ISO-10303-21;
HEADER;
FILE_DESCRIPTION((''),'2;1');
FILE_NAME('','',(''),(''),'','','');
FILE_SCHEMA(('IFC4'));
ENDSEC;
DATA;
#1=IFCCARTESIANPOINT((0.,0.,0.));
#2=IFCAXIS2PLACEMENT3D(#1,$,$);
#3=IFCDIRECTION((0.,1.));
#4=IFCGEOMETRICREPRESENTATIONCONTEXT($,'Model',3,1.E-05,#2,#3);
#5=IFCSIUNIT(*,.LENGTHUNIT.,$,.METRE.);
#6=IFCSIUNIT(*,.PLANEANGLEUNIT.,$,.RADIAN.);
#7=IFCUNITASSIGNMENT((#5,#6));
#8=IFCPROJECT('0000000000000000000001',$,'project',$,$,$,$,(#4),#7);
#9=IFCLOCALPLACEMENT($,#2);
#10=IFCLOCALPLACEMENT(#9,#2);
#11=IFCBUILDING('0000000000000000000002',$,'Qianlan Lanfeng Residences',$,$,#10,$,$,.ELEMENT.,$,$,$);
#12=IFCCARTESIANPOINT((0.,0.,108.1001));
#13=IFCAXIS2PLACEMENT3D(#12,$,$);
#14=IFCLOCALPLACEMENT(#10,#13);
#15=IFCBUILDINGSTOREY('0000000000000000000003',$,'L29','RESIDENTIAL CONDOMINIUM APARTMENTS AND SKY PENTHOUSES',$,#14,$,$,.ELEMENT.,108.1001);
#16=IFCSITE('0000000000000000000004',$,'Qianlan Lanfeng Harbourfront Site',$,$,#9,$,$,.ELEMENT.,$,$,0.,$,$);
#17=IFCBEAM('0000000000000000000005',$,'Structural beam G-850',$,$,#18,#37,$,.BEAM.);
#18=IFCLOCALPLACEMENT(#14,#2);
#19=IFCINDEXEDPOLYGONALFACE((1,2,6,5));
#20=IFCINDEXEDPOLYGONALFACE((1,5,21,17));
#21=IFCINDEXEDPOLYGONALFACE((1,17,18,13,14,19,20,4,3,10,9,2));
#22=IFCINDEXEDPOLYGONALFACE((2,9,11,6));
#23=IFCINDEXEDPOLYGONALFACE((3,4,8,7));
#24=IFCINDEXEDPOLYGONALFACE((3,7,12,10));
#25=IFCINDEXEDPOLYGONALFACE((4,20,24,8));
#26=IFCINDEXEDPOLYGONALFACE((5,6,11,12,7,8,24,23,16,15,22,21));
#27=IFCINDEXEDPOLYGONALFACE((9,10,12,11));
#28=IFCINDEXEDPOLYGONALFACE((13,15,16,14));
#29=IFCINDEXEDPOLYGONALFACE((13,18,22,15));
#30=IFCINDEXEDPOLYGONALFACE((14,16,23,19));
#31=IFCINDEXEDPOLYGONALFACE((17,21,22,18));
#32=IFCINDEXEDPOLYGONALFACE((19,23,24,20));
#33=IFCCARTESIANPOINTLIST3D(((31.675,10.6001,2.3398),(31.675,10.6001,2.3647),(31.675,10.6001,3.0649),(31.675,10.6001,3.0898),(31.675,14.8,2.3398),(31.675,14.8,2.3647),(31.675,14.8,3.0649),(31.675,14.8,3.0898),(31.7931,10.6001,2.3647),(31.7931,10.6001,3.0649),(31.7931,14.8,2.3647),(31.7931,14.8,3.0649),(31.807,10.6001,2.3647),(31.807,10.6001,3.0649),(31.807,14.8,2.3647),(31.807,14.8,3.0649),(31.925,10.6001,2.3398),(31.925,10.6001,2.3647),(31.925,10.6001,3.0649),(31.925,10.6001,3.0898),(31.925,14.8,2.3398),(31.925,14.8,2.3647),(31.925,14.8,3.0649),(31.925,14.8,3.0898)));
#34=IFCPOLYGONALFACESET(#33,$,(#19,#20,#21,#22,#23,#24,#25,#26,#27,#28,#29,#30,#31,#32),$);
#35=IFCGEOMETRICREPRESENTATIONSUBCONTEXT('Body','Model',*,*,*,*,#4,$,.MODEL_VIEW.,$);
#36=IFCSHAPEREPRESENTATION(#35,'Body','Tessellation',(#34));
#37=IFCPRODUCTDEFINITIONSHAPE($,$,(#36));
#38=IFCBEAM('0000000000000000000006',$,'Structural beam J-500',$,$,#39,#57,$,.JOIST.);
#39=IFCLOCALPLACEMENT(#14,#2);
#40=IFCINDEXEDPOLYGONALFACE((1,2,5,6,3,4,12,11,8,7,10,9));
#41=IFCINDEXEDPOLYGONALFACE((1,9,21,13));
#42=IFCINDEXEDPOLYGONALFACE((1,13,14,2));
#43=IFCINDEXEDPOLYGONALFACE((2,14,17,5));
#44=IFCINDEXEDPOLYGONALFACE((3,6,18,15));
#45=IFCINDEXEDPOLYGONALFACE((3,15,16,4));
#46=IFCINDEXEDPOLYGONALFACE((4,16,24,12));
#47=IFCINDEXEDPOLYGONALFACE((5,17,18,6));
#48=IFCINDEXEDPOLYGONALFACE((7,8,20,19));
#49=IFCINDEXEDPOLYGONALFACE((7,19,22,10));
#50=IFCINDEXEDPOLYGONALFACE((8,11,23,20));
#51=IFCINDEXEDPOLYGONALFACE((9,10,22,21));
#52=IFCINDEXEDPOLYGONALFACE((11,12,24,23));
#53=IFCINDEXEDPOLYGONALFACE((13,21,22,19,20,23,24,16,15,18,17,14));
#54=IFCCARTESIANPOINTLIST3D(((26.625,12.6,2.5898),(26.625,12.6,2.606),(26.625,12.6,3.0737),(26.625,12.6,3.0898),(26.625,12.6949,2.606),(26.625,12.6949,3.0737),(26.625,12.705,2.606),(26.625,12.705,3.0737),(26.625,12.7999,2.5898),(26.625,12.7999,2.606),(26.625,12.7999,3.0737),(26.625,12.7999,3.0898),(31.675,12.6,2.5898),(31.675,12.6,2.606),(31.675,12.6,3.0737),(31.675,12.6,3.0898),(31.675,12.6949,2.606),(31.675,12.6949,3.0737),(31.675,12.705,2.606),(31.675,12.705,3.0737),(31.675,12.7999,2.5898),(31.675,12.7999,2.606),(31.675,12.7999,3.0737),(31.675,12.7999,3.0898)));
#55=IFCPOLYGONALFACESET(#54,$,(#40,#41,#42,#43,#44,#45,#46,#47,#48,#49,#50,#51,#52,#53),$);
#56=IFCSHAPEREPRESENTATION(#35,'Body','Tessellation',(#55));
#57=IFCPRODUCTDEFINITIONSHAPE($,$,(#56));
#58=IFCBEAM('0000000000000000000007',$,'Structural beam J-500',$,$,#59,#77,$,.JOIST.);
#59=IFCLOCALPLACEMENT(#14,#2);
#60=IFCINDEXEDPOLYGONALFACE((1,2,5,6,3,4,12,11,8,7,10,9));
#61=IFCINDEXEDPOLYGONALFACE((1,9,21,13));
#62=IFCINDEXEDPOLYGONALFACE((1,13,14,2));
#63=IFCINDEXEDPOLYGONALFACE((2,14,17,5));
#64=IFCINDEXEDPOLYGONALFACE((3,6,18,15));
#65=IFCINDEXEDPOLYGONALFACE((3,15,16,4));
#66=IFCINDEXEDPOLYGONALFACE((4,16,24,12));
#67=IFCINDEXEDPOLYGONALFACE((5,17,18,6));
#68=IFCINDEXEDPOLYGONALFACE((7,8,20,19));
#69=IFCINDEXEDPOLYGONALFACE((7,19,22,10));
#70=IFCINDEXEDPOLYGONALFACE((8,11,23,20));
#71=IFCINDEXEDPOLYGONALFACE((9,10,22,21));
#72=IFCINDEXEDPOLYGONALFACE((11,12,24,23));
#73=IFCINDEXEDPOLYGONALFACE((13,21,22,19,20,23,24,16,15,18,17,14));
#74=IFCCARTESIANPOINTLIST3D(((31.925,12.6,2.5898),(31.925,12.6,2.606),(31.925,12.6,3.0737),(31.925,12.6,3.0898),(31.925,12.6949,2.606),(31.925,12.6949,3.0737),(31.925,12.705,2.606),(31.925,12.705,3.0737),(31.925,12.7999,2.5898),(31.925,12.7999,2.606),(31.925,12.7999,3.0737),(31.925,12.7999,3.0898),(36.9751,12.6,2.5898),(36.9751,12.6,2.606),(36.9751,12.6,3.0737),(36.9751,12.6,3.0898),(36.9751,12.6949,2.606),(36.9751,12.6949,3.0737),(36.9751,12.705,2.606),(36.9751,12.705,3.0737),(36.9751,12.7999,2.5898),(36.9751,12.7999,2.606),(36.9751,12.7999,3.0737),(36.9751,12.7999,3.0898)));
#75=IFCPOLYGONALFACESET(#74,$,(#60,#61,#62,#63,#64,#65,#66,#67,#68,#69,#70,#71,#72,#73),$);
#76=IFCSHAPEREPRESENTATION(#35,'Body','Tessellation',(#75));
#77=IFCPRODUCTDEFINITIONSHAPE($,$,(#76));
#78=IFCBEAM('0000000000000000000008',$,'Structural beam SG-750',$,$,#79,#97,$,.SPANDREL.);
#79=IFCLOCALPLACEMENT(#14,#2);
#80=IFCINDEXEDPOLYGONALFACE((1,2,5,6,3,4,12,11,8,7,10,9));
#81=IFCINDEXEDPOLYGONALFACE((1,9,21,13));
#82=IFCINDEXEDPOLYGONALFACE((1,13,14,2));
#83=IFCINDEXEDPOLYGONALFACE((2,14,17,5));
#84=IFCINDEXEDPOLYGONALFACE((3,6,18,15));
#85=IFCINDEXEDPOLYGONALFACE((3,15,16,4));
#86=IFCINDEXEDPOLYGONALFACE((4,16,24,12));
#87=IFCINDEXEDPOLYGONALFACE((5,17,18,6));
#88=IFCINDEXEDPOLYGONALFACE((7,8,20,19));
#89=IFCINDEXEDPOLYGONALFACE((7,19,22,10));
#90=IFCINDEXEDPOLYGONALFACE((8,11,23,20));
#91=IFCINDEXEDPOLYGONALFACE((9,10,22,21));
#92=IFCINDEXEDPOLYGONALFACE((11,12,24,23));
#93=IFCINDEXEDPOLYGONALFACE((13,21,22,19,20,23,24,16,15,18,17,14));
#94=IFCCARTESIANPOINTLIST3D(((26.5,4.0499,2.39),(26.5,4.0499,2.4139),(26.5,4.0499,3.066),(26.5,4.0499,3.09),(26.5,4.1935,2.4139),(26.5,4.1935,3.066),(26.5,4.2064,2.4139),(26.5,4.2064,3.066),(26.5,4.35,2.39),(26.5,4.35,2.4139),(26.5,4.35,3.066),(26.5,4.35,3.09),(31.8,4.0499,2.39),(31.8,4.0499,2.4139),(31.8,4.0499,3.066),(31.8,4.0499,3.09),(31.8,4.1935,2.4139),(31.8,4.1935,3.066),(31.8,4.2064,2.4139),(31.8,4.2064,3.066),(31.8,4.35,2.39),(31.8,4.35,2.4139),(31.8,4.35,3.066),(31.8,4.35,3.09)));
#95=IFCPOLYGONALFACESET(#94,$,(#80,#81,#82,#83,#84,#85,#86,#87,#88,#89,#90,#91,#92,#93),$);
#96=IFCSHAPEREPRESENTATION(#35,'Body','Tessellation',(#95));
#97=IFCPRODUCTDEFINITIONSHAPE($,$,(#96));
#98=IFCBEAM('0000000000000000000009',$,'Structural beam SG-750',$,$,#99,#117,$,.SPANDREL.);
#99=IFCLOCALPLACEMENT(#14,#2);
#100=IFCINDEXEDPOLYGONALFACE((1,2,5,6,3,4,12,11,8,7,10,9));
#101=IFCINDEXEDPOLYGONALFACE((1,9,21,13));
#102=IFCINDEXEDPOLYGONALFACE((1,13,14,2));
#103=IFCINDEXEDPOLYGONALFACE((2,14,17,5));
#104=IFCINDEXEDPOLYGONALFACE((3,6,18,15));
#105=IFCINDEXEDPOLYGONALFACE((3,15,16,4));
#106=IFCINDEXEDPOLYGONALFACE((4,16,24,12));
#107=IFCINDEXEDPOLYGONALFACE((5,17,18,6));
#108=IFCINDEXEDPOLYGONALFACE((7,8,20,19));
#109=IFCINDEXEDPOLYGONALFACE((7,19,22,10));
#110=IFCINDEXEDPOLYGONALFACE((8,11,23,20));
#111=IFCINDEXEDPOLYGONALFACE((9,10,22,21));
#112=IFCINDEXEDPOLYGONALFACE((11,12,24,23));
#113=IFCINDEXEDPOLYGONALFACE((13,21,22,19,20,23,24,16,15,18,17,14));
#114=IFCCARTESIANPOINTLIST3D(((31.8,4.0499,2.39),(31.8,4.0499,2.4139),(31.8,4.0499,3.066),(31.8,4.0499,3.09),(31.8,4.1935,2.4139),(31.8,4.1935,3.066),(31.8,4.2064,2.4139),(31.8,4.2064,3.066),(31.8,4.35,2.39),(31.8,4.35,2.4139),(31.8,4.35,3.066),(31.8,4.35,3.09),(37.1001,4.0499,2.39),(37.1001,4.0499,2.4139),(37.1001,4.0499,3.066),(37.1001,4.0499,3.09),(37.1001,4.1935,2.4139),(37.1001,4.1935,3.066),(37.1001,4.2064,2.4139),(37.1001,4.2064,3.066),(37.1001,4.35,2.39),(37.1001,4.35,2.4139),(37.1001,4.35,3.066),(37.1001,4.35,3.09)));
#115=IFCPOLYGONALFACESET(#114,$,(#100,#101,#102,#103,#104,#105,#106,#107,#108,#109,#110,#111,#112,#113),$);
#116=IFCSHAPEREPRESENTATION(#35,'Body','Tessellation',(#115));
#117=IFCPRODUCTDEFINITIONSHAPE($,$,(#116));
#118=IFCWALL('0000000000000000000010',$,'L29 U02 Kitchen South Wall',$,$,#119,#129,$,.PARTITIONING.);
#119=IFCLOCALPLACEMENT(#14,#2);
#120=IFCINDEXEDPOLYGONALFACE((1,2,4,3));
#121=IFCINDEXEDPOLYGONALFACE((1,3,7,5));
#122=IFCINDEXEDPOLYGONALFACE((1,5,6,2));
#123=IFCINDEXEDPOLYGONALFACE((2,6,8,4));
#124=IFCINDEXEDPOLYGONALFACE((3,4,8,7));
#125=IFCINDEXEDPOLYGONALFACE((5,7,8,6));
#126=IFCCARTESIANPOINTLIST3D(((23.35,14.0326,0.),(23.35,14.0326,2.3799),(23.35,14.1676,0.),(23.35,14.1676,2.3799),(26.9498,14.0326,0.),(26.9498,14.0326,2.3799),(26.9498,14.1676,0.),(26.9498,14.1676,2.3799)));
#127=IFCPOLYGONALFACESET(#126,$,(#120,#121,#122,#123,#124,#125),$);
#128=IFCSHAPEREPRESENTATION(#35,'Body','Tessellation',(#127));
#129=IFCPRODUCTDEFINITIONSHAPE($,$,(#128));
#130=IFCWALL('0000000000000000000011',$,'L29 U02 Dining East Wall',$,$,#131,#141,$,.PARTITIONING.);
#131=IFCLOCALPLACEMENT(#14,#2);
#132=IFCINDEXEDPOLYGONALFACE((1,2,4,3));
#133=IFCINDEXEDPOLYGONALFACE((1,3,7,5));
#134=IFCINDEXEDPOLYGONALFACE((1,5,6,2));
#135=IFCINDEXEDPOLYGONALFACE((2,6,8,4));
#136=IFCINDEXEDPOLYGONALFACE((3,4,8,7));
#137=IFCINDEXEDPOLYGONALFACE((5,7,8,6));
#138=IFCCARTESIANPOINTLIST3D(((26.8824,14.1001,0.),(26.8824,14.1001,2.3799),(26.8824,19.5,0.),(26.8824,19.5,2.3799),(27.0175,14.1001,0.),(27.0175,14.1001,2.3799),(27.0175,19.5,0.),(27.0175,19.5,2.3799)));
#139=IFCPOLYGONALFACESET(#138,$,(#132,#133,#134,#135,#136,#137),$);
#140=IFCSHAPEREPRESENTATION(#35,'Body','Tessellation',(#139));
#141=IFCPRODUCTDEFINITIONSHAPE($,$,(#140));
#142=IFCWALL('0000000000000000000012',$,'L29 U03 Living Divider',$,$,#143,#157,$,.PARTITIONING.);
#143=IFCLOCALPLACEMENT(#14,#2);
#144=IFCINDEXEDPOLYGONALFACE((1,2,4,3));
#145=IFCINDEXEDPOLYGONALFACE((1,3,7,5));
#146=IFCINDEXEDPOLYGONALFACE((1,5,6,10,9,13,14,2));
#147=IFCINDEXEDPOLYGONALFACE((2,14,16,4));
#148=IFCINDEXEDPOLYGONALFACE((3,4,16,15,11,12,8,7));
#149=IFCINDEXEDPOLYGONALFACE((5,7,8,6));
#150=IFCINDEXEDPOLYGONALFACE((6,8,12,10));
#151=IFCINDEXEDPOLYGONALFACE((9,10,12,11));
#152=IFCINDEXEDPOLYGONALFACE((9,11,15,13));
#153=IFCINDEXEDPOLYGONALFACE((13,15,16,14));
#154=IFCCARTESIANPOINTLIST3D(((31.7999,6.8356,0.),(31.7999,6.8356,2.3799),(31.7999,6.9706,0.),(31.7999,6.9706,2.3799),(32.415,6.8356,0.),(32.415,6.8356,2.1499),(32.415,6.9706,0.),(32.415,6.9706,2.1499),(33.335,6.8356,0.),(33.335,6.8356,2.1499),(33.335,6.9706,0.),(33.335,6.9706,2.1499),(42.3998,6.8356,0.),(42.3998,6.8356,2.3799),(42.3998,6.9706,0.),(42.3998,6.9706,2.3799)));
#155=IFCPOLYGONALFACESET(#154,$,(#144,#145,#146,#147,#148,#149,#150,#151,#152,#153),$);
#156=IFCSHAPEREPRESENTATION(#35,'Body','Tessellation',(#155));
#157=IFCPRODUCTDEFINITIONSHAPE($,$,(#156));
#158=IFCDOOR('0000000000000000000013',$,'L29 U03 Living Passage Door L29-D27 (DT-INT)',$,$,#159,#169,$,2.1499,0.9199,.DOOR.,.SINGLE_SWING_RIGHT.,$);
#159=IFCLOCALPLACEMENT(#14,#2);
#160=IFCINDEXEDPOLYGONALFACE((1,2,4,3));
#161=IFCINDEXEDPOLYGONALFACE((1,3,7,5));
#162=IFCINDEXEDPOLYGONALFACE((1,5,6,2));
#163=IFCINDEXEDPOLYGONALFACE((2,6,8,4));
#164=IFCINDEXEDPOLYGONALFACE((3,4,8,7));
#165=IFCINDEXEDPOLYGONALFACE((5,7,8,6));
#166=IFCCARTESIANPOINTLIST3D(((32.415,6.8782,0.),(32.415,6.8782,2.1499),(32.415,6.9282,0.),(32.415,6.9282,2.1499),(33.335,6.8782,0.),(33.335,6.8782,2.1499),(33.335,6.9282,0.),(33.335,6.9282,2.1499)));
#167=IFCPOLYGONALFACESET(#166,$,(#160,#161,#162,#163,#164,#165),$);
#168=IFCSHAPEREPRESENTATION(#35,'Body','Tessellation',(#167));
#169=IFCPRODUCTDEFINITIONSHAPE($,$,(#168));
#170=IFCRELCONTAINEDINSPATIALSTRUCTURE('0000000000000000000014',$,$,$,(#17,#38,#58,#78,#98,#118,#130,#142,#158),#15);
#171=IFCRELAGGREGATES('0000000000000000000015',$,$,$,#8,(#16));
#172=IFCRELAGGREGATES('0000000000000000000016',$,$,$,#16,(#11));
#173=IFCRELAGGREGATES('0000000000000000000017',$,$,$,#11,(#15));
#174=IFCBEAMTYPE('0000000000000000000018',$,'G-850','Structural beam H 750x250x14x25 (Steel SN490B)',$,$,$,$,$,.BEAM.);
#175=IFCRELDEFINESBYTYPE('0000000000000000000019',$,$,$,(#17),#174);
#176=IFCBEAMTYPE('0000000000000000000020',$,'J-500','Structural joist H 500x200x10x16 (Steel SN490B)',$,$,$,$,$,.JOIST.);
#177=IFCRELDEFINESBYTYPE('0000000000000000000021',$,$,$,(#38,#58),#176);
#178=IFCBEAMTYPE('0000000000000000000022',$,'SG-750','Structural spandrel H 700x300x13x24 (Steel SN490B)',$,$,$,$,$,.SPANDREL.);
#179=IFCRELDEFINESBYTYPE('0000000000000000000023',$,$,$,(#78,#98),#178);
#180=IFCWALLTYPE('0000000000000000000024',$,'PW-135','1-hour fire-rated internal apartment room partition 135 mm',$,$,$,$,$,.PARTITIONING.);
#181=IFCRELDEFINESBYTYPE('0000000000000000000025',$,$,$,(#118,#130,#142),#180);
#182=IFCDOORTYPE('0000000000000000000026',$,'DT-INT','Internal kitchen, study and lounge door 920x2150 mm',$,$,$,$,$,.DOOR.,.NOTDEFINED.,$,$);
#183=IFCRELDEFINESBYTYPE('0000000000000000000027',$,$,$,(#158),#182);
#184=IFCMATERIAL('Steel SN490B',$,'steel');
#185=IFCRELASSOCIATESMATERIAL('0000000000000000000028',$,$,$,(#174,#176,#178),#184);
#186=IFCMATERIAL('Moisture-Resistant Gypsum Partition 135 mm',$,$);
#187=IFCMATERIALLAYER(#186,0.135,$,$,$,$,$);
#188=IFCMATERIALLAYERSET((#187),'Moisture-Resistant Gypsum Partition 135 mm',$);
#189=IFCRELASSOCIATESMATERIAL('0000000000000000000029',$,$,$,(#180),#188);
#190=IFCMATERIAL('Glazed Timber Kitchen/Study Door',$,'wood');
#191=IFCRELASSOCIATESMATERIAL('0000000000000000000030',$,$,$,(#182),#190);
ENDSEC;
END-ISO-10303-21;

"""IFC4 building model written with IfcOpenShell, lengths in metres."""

from ifc_helpers import new_model, si_unit, direction, frame, frame_2d, origin, origin_2d, place, context, subcontext, project, spatial, rectangle, i_section, extrude, material, layer, layer_set, material_profile, profile_set, type_object, element, fill, save


model = new_model("IFC4")

# Units and contexts
model_context = context("Model", 3, precision=1e-05, world=origin(), true_north=direction((0.0, 1.0)))
body_context = subcontext(model_context, "Body", "Model", "MODEL_VIEW")
ifc_project = project(units=[si_unit("LENGTHUNIT", "METRE"), si_unit("PLANEANGLEUNIT", "RADIAN")], contexts=[model_context])

# Site, building, storey
site_placement = place(None, origin())
site = spatial("IfcSite", under=ifc_project, at=site_placement, Name="Qianlan Lanfeng Harbourfront Site", CompositionType="ELEMENT", RefElevation=0.0)
building_placement = place(site_placement, origin())
building = spatial("IfcBuilding", under=site, at=building_placement, Name="Qianlan Lanfeng Residences", CompositionType="ELEMENT")
storey_placement = place(building_placement, frame((0.0, 0.0, 108.1001)))
storey = spatial("IfcBuildingStorey", under=building, at=storey_placement, Name="L29", Description="RESIDENTIAL CONDOMINIUM APARTMENTS AND SKY PENTHOUSES", CompositionType="ELEMENT", Elevation=108.1001)

# Shared definitions
ifc_material_1 = material(Name="Steel SN490B", Category="steel")

# Beams
ifc_material_profile_1 = material_profile(ifc_material_1, i_section(OverallWidth=0.25, OverallDepth=0.75, WebThickness=0.0139, FlangeThickness=0.0249, at=origin_2d()), Name="H 750x250x14x25")
ifc_profile_set_1 = profile_set([ifc_material_profile_1], Name="Steel SN490B")
beam_type_1 = type_object("IfcBeamType", Name="G-850", Description="Structural beam H 750x250x14x25 (Steel SN490B)", PredefinedType="BEAM", material=ifc_profile_set_1)
beam_1_placement = place(storey_placement, frame((31.8, 10.6001, 2.7148), z_axis=(0.0, 1.0, 0.0), x_axis=(-1.0, 0.0, 0.0)))
element("IfcBeam", 1, at=beam_1_placement, inside=storey, type_object=beam_type_1, Name="Structural beam G-850", PredefinedType="BEAM", context=body_context, shape_type="SweptSolid", body=[
    extrude(i_section(OverallWidth=0.25, OverallDepth=0.75, WebThickness=0.0139, FlangeThickness=0.0249, at=origin_2d()), origin(), (0.0, 0.0, 1.0), 4.2),
])
ifc_material_profile_2 = material_profile(ifc_material_1, i_section(OverallWidth=0.2, OverallDepth=0.5, WebThickness=0.01, FlangeThickness=0.0161, at=origin_2d()), Name="H 500x200x10x16")
ifc_profile_set_2 = profile_set([ifc_material_profile_2], Name="Steel SN490B")
beam_type_2 = type_object("IfcBeamType", Name="J-500", Description="Structural joist H 500x200x10x16 (Steel SN490B)", PredefinedType="JOIST", material=ifc_profile_set_2)
for number, where, z_axis, x_axis, name in (
    (2, (26.625, 12.7, 2.8398), (1.0, 0.0, 0.0), (0.0, 1.0, 0.0), "Structural beam J-500"),
    (3, (31.925, 12.7, 2.8398), (1.0, 0.0, 0.0), (0.0, 1.0, 0.0), "Structural beam J-500"),
):
    element("IfcBeam", number, at=place(storey_placement, frame(where, z_axis=z_axis, x_axis=x_axis)), inside=storey, type_object=beam_type_2, Name=name, PredefinedType="JOIST", context=body_context, shape_type="SweptSolid", body=[
        extrude(i_section(OverallWidth=0.2, OverallDepth=0.5, WebThickness=0.01, FlangeThickness=0.0161, at=origin_2d()), origin(), (0.0, 0.0, 1.0), 5.05),
    ])
ifc_material_profile_3 = material_profile(ifc_material_1, i_section(OverallWidth=0.3, OverallDepth=0.7, WebThickness=0.0129, FlangeThickness=0.0239, at=origin_2d()), Name="H 700x300x13x24")
ifc_profile_set_3 = profile_set([ifc_material_profile_3], Name="Steel SN490B")
beam_type_3 = type_object("IfcBeamType", Name="SG-750", Description="Structural spandrel H 700x300x13x24 (Steel SN490B)", PredefinedType="SPANDREL", material=ifc_profile_set_3)
for number, where, z_axis, x_axis, name in (
    (4, (26.5, 4.2, 2.74), (1.0, 0.0, 0.0), (0.0, 1.0, 0.0), "Structural beam SG-750"),
    (5, (31.8, 4.2, 2.74), (1.0, 0.0, 0.0), (0.0, 1.0, 0.0), "Structural beam SG-750"),
):
    element("IfcBeam", number, at=place(storey_placement, frame(where, z_axis=z_axis, x_axis=x_axis)), inside=storey, type_object=beam_type_3, Name=name, PredefinedType="SPANDREL", context=body_context, shape_type="SweptSolid", body=[
        extrude(i_section(OverallWidth=0.3, OverallDepth=0.7, WebThickness=0.0129, FlangeThickness=0.0239, at=origin_2d()), origin(), (0.0, 0.0, 1.0), 5.3),
    ])

# Shared definitions
ifc_material_2 = material(Name="Moisture-Resistant Gypsum Partition 135 mm")
ifc_layer = layer(ifc_material_2, 0.135)
ifc_layer_set = layer_set([ifc_layer], Name="Moisture-Resistant Gypsum Partition 135 mm")
wall_type = type_object("IfcWallType", Name="PW-135", Description="1-hour fire-rated internal apartment room partition 135 mm", PredefinedType="PARTITIONING", material=ifc_layer_set)
ifc_material_3 = material(Name="Glazed Timber Kitchen/Study Door", Category="wood")
door_type_1 = type_object("IfcDoorType", Name="DT-INT", Description="Internal kitchen, study and lounge door 920x2150 mm", OperationType="NOTDEFINED", PredefinedType="DOOR", material=ifc_material_3)

# Walls
wall_1_placement = place(storey_placement, frame((23.3501, 14.1001, 0.0), z_axis=(0.0, 0.0, 1.0), x_axis=(1.0, 0.0, 0.0)))
element("IfcWall", 6, at=wall_1_placement, inside=storey, type_object=wall_type, Name="L29 U02 Kitchen South Wall", PredefinedType="PARTITIONING", context=body_context, shape_type="SweptSolid", body=[
    extrude(rectangle(XDim=3.5999, YDim=0.135, at=frame_2d((1.7998, 0.0))), origin(), (0.0, 0.0, 1.0), 2.3799),
])
wall_2_placement = place(storey_placement, frame((26.95, 14.1001, 0.0), z_axis=(0.0, 0.0, 1.0), x_axis=(0.0, 1.0, 0.0)))
element("IfcWall", 7, at=wall_2_placement, inside=storey, type_object=wall_type, Name="L29 U02 Dining East Wall", PredefinedType="PARTITIONING", context=body_context, shape_type="SweptSolid", body=[
    extrude(rectangle(XDim=5.3999, YDim=0.135, at=frame_2d((2.7, 0.0))), origin(), (0.0, 0.0, 1.0), 2.3799),
])

# Wall, opening, door
wall_3_placement = place(storey_placement, frame((31.8, 6.9031, 0.0), z_axis=(0.0, 0.0, 1.0), x_axis=(1.0, 0.0, 0.0)))
wall_3 = element("IfcWall", 8, at=wall_3_placement, inside=storey, type_object=wall_type, Name="L29 U03 Living Divider", PredefinedType="PARTITIONING", context=body_context, shape_type="SweptSolid", body=[
    extrude(rectangle(XDim=10.5999, YDim=0.135, at=frame_2d((5.2998, 0.0))), origin(), (0.0, 0.0, 1.0), 2.3799),
])
opening_1_placement = place(wall_3_placement, frame((0.615, 0.0, 0.0)))
opening_1 = element("IfcOpeningElement", 9, at=opening_1_placement, cuts=wall_3, PredefinedType="OPENING", context=body_context, shape_type="SweptSolid", body=[
    extrude(rectangle(XDim=0.9199, YDim=2.1499, at=frame_2d((0.46, 1.075))), frame((0.0, 0.0776, 0.0), z_axis=(0.0, -1.0, 0.0), x_axis=(1.0, 0.0, 0.0)), (0.0, 0.0, 1.0), 0.155),
])
door_1_placement = place(opening_1_placement, frame((0.9199, 0.0, 0.0), z_axis=(0.0, 0.0, 1.0), x_axis=(-1.0, 0.0, 0.0)))
door_1 = element("IfcDoor", 10, at=door_1_placement, inside=storey, type_object=door_type_1, Name="L29 U03 Living Passage Door L29-D27 (DT-INT)", OperationType="SINGLE_SWING_RIGHT", OverallHeight=2.1499, OverallWidth=0.9199, PredefinedType="DOOR", context=body_context, shape_type="SweptSolid", body=[
    extrude(rectangle(XDim=0.9199, YDim=2.1499, at=frame_2d((0.46, 1.075))), frame((0.0, 0.0249, 0.0), z_axis=(0.0, -1.0, 0.0), x_axis=(1.0, 0.0, 0.0)), (0.0, 0.0, 1.0), 0.05),
])
fill(opening_1, door_1)

save(model, "model.ifc")
